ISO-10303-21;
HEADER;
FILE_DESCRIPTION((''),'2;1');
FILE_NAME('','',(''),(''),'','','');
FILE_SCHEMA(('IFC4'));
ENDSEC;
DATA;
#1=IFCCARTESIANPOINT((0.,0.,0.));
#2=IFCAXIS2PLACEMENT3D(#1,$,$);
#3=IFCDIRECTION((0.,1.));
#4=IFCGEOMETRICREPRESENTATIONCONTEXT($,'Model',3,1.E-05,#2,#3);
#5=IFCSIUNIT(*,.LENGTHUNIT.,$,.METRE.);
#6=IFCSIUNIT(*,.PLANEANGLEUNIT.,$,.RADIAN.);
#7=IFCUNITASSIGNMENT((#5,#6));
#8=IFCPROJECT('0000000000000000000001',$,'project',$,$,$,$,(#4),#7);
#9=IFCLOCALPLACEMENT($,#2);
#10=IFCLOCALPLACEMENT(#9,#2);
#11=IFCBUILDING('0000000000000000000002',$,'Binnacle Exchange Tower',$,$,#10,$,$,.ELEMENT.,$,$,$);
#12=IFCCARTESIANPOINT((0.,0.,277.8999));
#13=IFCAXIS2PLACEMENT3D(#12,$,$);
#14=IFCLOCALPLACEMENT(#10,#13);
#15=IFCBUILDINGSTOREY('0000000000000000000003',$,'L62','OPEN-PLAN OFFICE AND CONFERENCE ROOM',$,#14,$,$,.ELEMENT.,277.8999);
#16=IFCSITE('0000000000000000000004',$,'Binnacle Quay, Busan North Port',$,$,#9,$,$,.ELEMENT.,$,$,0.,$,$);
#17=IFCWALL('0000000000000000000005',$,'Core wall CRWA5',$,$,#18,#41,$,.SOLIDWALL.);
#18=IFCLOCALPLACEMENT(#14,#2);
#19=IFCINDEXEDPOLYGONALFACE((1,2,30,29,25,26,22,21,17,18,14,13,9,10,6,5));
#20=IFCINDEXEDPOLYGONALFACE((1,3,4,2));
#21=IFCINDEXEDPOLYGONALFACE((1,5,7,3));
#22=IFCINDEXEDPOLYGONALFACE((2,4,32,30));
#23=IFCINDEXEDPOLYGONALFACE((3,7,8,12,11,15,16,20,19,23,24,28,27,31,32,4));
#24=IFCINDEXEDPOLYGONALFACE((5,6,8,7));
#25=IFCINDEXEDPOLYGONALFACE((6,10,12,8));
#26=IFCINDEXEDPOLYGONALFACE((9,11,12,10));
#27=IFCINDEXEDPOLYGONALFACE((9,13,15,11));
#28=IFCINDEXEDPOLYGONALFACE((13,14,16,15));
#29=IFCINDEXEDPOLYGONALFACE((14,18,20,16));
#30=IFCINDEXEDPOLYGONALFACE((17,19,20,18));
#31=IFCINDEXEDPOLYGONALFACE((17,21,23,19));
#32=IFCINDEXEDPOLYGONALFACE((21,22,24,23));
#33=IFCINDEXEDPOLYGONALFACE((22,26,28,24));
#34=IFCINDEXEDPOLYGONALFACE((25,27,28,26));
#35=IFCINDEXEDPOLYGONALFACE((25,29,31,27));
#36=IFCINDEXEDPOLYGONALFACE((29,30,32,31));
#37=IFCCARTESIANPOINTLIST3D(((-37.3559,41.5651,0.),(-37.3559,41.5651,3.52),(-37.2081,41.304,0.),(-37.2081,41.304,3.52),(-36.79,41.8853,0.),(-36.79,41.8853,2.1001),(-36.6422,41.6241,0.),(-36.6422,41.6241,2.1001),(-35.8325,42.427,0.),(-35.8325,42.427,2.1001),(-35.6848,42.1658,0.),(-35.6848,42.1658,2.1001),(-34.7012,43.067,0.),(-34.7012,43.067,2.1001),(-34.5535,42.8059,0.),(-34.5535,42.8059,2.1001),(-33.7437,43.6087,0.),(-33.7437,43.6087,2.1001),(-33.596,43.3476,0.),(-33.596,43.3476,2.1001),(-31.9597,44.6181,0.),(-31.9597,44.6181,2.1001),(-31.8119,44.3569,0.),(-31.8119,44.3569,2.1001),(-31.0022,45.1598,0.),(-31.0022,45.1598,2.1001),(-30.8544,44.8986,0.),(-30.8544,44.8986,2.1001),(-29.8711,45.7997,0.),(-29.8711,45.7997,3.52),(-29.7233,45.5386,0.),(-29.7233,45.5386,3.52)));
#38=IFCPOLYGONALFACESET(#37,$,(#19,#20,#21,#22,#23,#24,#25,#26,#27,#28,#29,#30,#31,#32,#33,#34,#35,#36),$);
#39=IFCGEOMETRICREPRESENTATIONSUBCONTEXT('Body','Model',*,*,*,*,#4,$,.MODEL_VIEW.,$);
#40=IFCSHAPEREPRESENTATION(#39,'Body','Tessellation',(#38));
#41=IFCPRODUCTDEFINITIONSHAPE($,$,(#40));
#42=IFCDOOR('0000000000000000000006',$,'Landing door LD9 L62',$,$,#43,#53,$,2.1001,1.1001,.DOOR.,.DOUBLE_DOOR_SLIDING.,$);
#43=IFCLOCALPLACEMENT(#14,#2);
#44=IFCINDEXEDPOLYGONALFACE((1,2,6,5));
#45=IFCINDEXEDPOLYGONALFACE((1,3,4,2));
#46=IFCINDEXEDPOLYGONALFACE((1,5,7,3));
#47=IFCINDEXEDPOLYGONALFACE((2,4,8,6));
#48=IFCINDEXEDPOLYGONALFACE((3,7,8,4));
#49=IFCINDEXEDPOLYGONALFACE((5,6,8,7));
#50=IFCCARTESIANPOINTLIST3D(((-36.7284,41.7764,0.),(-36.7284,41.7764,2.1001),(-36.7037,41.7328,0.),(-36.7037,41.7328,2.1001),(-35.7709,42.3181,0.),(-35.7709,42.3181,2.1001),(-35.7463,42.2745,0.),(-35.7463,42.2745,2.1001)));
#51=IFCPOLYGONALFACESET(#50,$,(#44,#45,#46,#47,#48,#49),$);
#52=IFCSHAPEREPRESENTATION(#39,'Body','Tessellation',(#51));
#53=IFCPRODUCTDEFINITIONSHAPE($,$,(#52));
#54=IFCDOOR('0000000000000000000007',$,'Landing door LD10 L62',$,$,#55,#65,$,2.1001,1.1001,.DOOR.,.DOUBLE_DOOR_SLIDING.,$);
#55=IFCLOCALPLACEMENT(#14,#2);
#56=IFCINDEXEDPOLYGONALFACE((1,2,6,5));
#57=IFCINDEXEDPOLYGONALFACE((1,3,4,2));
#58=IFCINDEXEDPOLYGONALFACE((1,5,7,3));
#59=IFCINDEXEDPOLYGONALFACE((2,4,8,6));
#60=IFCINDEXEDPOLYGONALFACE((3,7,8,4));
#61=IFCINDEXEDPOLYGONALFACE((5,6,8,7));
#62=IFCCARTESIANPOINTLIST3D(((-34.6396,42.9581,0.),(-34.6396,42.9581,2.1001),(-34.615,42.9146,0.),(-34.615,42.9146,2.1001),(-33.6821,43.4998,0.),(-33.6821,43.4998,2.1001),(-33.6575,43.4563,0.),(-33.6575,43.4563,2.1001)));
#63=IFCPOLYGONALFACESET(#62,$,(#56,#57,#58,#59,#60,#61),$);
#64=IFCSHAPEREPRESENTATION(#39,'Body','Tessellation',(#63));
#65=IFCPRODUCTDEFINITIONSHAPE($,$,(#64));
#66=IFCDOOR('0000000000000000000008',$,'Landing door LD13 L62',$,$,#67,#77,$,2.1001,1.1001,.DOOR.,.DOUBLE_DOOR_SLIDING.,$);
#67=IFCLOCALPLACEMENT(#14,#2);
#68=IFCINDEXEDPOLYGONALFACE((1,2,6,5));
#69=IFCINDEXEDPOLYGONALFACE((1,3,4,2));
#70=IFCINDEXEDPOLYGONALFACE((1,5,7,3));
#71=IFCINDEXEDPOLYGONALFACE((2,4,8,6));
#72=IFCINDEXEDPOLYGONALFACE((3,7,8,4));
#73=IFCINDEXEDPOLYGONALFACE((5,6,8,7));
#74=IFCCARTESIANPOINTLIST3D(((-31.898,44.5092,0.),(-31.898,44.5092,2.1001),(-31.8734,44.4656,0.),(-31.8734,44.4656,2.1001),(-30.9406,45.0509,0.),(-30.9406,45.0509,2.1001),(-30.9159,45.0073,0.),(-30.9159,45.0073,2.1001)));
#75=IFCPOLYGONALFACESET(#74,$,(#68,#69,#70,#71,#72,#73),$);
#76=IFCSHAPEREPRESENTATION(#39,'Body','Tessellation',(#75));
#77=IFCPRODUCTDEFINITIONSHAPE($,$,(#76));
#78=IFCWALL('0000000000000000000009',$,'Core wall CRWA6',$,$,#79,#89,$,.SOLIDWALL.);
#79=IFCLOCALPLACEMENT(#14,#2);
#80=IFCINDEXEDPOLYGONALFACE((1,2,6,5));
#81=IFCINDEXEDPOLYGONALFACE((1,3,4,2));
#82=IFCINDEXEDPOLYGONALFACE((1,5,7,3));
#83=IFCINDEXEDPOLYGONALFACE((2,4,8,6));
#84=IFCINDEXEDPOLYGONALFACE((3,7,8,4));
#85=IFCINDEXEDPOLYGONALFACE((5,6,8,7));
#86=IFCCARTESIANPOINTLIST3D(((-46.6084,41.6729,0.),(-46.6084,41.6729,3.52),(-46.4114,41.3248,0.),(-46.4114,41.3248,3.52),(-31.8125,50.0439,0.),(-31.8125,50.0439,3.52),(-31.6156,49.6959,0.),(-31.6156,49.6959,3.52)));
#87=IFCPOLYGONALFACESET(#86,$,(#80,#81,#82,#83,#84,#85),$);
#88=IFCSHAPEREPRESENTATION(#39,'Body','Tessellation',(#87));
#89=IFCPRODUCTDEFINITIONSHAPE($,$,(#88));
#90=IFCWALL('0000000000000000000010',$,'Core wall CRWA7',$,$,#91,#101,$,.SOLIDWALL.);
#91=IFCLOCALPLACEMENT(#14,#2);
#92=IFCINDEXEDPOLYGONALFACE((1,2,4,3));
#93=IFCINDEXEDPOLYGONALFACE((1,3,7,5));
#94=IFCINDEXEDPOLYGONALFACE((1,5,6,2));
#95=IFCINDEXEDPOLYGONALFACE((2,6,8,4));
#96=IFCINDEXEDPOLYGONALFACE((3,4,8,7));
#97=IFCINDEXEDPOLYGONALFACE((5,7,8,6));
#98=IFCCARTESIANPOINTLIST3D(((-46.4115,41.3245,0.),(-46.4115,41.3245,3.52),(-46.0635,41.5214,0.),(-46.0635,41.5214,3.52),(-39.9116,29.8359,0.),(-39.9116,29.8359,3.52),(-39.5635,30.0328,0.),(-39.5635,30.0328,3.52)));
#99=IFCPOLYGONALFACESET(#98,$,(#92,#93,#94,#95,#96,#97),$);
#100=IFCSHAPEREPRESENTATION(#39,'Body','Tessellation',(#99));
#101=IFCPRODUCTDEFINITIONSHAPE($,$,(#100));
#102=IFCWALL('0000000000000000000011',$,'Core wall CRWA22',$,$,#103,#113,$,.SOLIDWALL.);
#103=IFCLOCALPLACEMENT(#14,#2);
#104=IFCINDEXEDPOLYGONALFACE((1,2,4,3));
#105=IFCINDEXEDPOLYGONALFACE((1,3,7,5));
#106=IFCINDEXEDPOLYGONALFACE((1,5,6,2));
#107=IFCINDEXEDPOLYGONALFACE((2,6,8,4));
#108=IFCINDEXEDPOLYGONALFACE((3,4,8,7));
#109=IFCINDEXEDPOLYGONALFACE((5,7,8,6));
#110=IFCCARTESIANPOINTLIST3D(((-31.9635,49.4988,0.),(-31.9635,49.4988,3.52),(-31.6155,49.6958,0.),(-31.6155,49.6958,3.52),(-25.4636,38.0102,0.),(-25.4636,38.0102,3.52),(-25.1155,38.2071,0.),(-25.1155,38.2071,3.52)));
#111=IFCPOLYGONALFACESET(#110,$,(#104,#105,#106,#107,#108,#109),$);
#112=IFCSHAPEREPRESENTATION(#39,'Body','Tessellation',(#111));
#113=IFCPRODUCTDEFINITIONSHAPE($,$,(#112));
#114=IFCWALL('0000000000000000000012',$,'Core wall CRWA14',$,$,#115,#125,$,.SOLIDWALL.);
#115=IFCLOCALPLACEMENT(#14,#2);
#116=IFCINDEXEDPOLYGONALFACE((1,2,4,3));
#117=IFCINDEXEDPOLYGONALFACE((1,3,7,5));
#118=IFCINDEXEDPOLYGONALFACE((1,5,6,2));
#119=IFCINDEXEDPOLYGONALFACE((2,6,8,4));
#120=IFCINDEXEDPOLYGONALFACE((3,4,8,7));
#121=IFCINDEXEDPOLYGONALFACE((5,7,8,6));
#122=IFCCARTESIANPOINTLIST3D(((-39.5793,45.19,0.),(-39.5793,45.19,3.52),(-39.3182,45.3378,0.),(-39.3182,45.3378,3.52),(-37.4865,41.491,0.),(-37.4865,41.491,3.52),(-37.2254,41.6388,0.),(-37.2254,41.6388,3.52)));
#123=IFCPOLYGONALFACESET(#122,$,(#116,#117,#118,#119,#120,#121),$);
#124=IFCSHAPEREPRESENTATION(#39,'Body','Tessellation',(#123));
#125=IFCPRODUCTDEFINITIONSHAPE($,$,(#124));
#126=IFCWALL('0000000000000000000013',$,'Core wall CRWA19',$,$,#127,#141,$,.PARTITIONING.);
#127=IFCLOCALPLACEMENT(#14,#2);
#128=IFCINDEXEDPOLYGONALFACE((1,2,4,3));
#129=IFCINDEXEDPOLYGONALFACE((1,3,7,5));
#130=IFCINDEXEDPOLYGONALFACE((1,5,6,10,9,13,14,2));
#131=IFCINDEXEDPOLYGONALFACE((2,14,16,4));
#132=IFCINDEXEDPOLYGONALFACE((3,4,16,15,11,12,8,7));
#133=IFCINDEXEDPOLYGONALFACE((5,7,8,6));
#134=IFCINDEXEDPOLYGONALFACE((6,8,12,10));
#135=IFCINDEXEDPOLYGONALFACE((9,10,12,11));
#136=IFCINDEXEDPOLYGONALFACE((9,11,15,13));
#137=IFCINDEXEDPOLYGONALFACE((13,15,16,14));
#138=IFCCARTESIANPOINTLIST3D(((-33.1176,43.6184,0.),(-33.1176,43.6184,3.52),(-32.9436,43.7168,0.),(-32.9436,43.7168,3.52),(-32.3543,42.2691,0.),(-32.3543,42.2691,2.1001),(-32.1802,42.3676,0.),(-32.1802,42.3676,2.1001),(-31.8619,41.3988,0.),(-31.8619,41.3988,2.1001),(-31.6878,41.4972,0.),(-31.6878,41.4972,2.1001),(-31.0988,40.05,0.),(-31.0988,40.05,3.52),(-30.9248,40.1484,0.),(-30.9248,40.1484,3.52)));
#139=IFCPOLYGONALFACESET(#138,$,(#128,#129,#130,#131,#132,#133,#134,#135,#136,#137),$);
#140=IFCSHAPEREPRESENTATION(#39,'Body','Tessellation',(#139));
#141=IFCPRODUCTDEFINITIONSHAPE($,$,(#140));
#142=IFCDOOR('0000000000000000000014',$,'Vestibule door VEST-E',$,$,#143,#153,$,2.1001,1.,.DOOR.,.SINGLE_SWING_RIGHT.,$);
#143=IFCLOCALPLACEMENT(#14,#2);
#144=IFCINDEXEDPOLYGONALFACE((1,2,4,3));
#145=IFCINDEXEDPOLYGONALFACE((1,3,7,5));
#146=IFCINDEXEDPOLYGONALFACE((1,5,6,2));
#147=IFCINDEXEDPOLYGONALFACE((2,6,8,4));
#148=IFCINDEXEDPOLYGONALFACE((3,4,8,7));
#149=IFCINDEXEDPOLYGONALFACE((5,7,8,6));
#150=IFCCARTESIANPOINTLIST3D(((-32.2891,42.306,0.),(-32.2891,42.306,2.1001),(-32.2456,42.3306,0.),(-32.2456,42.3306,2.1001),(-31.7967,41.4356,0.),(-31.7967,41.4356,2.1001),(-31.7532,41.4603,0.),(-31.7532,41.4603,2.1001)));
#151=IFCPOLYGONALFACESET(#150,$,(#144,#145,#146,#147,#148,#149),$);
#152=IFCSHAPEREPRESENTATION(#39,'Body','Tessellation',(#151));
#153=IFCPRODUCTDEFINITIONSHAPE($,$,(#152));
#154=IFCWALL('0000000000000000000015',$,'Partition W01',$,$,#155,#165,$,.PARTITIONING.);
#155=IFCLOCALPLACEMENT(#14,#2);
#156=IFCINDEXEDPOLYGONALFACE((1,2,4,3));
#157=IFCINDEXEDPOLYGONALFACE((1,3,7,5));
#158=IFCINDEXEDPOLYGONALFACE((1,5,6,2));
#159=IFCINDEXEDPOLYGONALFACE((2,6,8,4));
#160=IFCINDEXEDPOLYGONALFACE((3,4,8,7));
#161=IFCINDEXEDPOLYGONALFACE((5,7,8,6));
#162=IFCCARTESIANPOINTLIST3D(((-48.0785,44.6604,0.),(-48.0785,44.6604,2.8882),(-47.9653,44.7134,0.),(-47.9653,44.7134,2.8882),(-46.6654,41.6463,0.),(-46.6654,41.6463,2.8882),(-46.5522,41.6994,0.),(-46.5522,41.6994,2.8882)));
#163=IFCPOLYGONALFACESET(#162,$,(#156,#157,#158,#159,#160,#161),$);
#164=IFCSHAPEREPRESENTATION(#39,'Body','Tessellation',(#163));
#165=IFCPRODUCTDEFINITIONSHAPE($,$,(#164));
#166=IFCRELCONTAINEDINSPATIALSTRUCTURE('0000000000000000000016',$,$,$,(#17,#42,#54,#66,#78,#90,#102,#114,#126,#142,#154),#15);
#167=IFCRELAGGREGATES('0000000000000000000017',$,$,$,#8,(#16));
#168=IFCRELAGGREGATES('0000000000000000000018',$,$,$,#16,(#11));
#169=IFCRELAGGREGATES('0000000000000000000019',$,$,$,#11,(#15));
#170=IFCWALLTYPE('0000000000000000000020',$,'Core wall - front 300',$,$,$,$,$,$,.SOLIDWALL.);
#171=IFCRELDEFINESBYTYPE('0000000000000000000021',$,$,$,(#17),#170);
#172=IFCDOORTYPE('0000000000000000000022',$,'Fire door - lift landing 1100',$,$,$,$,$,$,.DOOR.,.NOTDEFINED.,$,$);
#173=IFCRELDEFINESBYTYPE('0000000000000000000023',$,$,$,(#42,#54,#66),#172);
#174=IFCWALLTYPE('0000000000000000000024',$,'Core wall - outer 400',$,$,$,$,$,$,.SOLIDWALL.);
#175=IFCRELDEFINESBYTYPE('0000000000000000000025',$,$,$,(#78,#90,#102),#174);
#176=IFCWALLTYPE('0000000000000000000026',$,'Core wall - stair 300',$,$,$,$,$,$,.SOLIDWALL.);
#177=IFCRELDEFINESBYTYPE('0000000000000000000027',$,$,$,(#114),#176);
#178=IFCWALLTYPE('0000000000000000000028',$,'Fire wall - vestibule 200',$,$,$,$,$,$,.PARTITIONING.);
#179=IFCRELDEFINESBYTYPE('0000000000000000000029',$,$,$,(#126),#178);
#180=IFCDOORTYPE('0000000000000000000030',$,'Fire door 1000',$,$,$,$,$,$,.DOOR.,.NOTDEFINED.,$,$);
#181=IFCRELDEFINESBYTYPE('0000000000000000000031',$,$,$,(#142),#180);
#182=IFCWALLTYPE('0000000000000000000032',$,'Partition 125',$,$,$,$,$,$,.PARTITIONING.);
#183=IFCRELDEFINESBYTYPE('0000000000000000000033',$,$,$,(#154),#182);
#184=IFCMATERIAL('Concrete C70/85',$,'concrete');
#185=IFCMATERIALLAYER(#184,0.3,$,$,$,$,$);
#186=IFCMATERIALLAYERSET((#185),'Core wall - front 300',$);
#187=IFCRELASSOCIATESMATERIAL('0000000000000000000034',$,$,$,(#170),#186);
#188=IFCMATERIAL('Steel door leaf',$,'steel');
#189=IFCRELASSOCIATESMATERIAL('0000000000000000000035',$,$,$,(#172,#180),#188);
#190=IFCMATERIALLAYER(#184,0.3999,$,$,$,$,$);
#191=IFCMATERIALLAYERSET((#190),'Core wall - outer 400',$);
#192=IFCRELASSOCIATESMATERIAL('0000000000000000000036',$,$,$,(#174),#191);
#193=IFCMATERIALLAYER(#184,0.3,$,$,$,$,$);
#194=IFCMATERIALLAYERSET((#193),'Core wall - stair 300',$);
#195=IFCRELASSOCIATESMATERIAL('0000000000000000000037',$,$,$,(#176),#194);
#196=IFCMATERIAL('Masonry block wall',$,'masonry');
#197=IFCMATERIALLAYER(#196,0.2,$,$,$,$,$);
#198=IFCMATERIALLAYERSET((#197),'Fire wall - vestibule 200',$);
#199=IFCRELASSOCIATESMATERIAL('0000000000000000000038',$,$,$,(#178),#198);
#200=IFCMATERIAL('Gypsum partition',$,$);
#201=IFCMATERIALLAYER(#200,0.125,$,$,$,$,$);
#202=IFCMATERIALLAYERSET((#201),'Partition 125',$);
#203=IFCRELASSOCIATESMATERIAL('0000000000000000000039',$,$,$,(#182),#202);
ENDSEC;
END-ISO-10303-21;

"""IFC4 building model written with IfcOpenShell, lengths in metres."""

from ifc_helpers import new_model, si_unit, direction, frame, frame_2d, origin, place, context, subcontext, project, spatial, rectangle, extrude, material, layer, layer_set, type_object, element, fill, save


model = new_model("IFC4")

# Units and contexts
model_context = context("Model", 3, precision=1e-05, world=origin(), true_north=direction((0.0, 1.0)))
body_context = subcontext(model_context, "Body", "Model", "MODEL_VIEW")
ifc_project = project(units=[si_unit("LENGTHUNIT", "METRE"), si_unit("PLANEANGLEUNIT", "RADIAN")], contexts=[model_context])

# Site, building, storey
site_placement = place(None, origin())
site = spatial("IfcSite", under=ifc_project, at=site_placement, Name="Binnacle Quay, Busan North Port", CompositionType="ELEMENT", RefElevation=0.0)
building_placement = place(site_placement, origin())
building = spatial("IfcBuilding", under=site, at=building_placement, Name="Binnacle Exchange Tower", CompositionType="ELEMENT")
storey_placement = place(building_placement, frame((0.0, 0.0, 277.8999)))
storey = spatial("IfcBuildingStorey", under=building, at=storey_placement, Name="L62", Description="OPEN-PLAN OFFICE AND CONFERENCE ROOM", CompositionType="ELEMENT", Elevation=277.8999)

# Wall, openings, doors
ifc_material_1 = material(Name="Concrete C70/85", Category="concrete")
ifc_layer_1 = layer(ifc_material_1, 0.3)
ifc_layer_set_1 = layer_set([ifc_layer_1], Name="Core wall - front 300")
wall_type_1 = type_object("IfcWallType", Name="Core wall - front 300", PredefinedType="SOLIDWALL", material=ifc_layer_set_1)
wall_1_placement = place(storey_placement, frame((-37.282, 41.4346, 0.0), z_axis=(0.0, 0.0, 1.0), x_axis=(0.870361, 0.492414, 0.0)))
wall_1 = element("IfcWall", 1, at=wall_1_placement, inside=storey, type_object=wall_type_1, Name="Core wall CRWA5", PredefinedType="SOLIDWALL", context=body_context, shape_type="SweptSolid", body=[
    extrude(rectangle(XDim=8.5996, YDim=0.3, at=frame_2d((4.2998, 0.0))), origin(), (0.0, 0.0, 1.0), 3.52),
])
opening_1_placement = place(wall_1_placement, frame((0.6501, 0.0, 0.0)))
opening_1 = element("IfcOpeningElement", 2, at=opening_1_placement, cuts=wall_1, PredefinedType="OPENING", context=body_context, shape_type="SweptSolid", body=[
    extrude(rectangle(XDim=1.1001, YDim=2.1001, at=frame_2d((0.55, 1.05))), frame((0.0, 0.1599, 0.0), z_axis=(0.0, -1.0, 0.0), x_axis=(1.0, 0.0, 0.0)), (0.0, 0.0, 1.0), 0.3201),
])
opening_2_placement = place(wall_1_placement, frame((3.05, 0.0, 0.0)))
opening_2 = element("IfcOpeningElement", 3, at=opening_2_placement, cuts=wall_1, PredefinedType="OPENING", context=body_context, shape_type="SweptSolid", body=[
    extrude(rectangle(XDim=1.1001, YDim=2.1001, at=frame_2d((0.55, 1.05))), frame((0.0, 0.1599, 0.0), z_axis=(0.0, -1.0, 0.0), x_axis=(1.0, 0.0, 0.0)), (0.0, 0.0, 1.0), 0.3201),
])
opening_3_placement = place(wall_1_placement, frame((6.2, 0.0, 0.0)))
opening_3 = element("IfcOpeningElement", 4, at=opening_3_placement, cuts=wall_1, PredefinedType="OPENING", context=body_context, shape_type="SweptSolid", body=[
    extrude(rectangle(XDim=1.1001, YDim=2.1001, at=frame_2d((0.55, 1.05))), frame((0.0, 0.1599, 0.0), z_axis=(0.0, -1.0, 0.0), x_axis=(1.0, 0.0, 0.0)), (0.0, 0.0, 1.0), 0.3201),
])
ifc_material_2 = material(Name="Steel door leaf", Category="steel")
door_type_1 = type_object("IfcDoorType", Name="Fire door - lift landing 1100", OperationType="NOTDEFINED", PredefinedType="DOOR", material=ifc_material_2)
door_1_placement = place(opening_1_placement, origin())
door_1 = element("IfcDoor", 5, at=door_1_placement, inside=storey, type_object=door_type_1, Name="Landing door LD9 L62", OperationType="DOUBLE_DOOR_SLIDING", OverallHeight=2.1001, OverallWidth=1.1001, PredefinedType="DOOR", context=body_context, shape_type="SweptSolid", body=[
    extrude(rectangle(XDim=1.1001, YDim=2.1001, at=frame_2d((0.55, 1.05))), frame((0.0, 0.0249, 0.0), z_axis=(0.0, -1.0, 0.0), x_axis=(1.0, 0.0, 0.0)), (0.0, 0.0, 1.0), 0.05),
])
fill(opening_1, door_1)
door_2_placement = place(opening_2_placement, origin())
door_2 = element("IfcDoor", 6, at=door_2_placement, inside=storey, type_object=door_type_1, Name="Landing door LD10 L62", OperationType="DOUBLE_DOOR_SLIDING", OverallHeight=2.1001, OverallWidth=1.1001, PredefinedType="DOOR", context=body_context, shape_type="SweptSolid", body=[
    extrude(rectangle(XDim=1.1001, YDim=2.1001, at=frame_2d((0.55, 1.05))), frame((0.0, 0.0249, 0.0), z_axis=(0.0, -1.0, 0.0), x_axis=(1.0, 0.0, 0.0)), (0.0, 0.0, 1.0), 0.05),
])
fill(opening_2, door_2)
door_3_placement = place(opening_3_placement, origin())
door_3 = element("IfcDoor", 7, at=door_3_placement, inside=storey, type_object=door_type_1, Name="Landing door LD13 L62", OperationType="DOUBLE_DOOR_SLIDING", OverallHeight=2.1001, OverallWidth=1.1001, PredefinedType="DOOR", context=body_context, shape_type="SweptSolid", body=[
    extrude(rectangle(XDim=1.1001, YDim=2.1001, at=frame_2d((0.55, 1.05))), frame((0.0, 0.0249, 0.0), z_axis=(0.0, -1.0, 0.0), x_axis=(1.0, 0.0, 0.0)), (0.0, 0.0, 1.0), 0.05),
])
fill(opening_3, door_3)

# Walls
ifc_layer_2 = layer(ifc_material_1, 0.3999)
ifc_layer_set_2 = layer_set([ifc_layer_2], Name="Core wall - outer 400")
wall_type_2 = type_object("IfcWallType", Name="Core wall - outer 400", PredefinedType="SOLIDWALL", material=ifc_layer_set_2)
wall_2_placement = place(storey_placement, frame((-46.51, 41.4988, 0.0), z_axis=(0.0, 0.0, 1.0), x_axis=(0.870356, 0.492423, 0.0)))
element("IfcWall", 8, at=wall_2_placement, inside=storey, type_object=wall_type_2, Name="Core wall CRWA6", PredefinedType="SOLIDWALL", context=body_context, shape_type="SweptSolid", body=[
    extrude(rectangle(XDim=16.9998, YDim=0.3999, at=frame_2d((8.5, 0.0))), origin(), (0.0, 0.0, 1.0), 3.52),
])
for number, where, z_axis, x_axis, name in (
    (9, (-46.2375, 41.4231, 0.0), (0.0, 0.0, 1.0), (0.492422, -0.870357, 0.0), "Core wall CRWA7"),
    (10, (-31.7896, 49.5974, 0.0), (0.0, 0.0, 1.0), (0.492422, -0.870357, 0.0), "Core wall CRWA22"),
):
    element("IfcWall", number, at=place(storey_placement, frame(where, z_axis=z_axis, x_axis=x_axis)), inside=storey, type_object=wall_type_2, Name=name, PredefinedType="SOLIDWALL", context=body_context, shape_type="SweptSolid", body=[
        extrude(rectangle(XDim=13.2, YDim=0.3999, at=frame_2d((6.6001, 0.0))), origin(), (0.0, 0.0, 1.0), 3.52),
    ])
ifc_layer_3 = layer(ifc_material_1, 0.3)
ifc_layer_set_3 = layer_set([ifc_layer_3], Name="Core wall - stair 300")
wall_type_3 = type_object("IfcWallType", Name="Core wall - stair 300", PredefinedType="SOLIDWALL", material=ifc_layer_set_3)
wall_3_placement = place(storey_placement, frame((-39.4487, 45.2639, 0.0), z_axis=(0.0, 0.0, 1.0), x_axis=(0.492423, -0.870356, 0.0)))
element("IfcWall", 11, at=wall_3_placement, inside=storey, type_object=wall_type_3, Name="Core wall CRWA14", PredefinedType="SOLIDWALL", context=body_context, shape_type="SweptSolid", body=[
    extrude(rectangle(XDim=4.25, YDim=0.3, at=frame_2d((2.125, 0.0))), origin(), (0.0, 0.0, 1.0), 3.52),
])

# Wall, opening, door
ifc_material_3 = material(Name="Masonry block wall", Category="masonry")
ifc_layer_4 = layer(ifc_material_3, 0.2)
ifc_layer_set_4 = layer_set([ifc_layer_4], Name="Fire wall - vestibule 200")
wall_type_4 = type_object("IfcWallType", Name="Fire wall - vestibule 200", PredefinedType="PARTITIONING", material=ifc_layer_set_4)
wall_4_placement = place(storey_placement, frame((-33.0305, 43.6675, 0.0), z_axis=(0.0, 0.0, 1.0), x_axis=(0.492408, -0.870364, 0.0)))
wall_4 = element("IfcWall", 12, at=wall_4_placement, inside=storey, type_object=wall_type_4, Name="Core wall CRWA19", PredefinedType="PARTITIONING", context=body_context, shape_type="SweptSolid", body=[
    extrude(rectangle(XDim=4.0999, YDim=0.2, at=frame_2d((2.0498, 0.0))), origin(), (0.0, 0.0, 1.0), 3.52),
])
opening_4_placement = place(wall_4_placement, frame((1.55, 0.0, 0.0)))
opening_4 = element("IfcOpeningElement", 13, at=opening_4_placement, cuts=wall_4, PredefinedType="OPENING", context=body_context, shape_type="SweptSolid", body=[
    extrude(rectangle(XDim=1.0, YDim=2.1001, at=frame_2d((0.5, 1.05))), frame((0.0, 0.1099, 0.0), z_axis=(0.0, -1.0, 0.0), x_axis=(1.0, 0.0, 0.0)), (0.0, 0.0, 1.0), 0.22),
])
door_type_2 = type_object("IfcDoorType", Name="Fire door 1000", OperationType="NOTDEFINED", PredefinedType="DOOR", material=ifc_material_2)
door_4_placement = place(opening_4_placement, origin())
door_4 = element("IfcDoor", 14, at=door_4_placement, inside=storey, type_object=door_type_2, Name="Vestibule door VEST-E", OperationType="SINGLE_SWING_RIGHT", OverallHeight=2.1001, OverallWidth=1.0, PredefinedType="DOOR", context=body_context, shape_type="SweptSolid", body=[
    extrude(rectangle(XDim=1.0, YDim=2.1001, at=frame_2d((0.5, 1.05))), frame((0.0, 0.0249, 0.0), z_axis=(0.0, -1.0, 0.0), x_axis=(1.0, 0.0, 0.0)), (0.0, 0.0, 1.0), 0.05),
])
fill(opening_4, door_4)

# Wall
ifc_material_4 = material(Name="Gypsum partition")
ifc_layer_5 = layer(ifc_material_4, 0.125)
ifc_layer_set_5 = layer_set([ifc_layer_5], Name="Partition 125")
wall_type_5 = type_object("IfcWallType", Name="Partition 125", PredefinedType="PARTITIONING", material=ifc_layer_set_5)
wall_5_placement = place(storey_placement, frame((-48.022, 44.687, 0.0), z_axis=(0.0, 0.0, 1.0), x_axis=(0.424511, -0.905423, 0.0)))
element("IfcWall", 15, at=wall_5_placement, inside=storey, type_object=wall_type_5, Name="Partition W01", PredefinedType="PARTITIONING", context=body_context, shape_type="SweptSolid", body=[
    extrude(rectangle(XDim=3.3289, YDim=0.125, at=frame_2d((1.6646, 0.0))), origin(), (0.0, 0.0, 1.0), 2.8882),
])

save(model, "model.ifc")
